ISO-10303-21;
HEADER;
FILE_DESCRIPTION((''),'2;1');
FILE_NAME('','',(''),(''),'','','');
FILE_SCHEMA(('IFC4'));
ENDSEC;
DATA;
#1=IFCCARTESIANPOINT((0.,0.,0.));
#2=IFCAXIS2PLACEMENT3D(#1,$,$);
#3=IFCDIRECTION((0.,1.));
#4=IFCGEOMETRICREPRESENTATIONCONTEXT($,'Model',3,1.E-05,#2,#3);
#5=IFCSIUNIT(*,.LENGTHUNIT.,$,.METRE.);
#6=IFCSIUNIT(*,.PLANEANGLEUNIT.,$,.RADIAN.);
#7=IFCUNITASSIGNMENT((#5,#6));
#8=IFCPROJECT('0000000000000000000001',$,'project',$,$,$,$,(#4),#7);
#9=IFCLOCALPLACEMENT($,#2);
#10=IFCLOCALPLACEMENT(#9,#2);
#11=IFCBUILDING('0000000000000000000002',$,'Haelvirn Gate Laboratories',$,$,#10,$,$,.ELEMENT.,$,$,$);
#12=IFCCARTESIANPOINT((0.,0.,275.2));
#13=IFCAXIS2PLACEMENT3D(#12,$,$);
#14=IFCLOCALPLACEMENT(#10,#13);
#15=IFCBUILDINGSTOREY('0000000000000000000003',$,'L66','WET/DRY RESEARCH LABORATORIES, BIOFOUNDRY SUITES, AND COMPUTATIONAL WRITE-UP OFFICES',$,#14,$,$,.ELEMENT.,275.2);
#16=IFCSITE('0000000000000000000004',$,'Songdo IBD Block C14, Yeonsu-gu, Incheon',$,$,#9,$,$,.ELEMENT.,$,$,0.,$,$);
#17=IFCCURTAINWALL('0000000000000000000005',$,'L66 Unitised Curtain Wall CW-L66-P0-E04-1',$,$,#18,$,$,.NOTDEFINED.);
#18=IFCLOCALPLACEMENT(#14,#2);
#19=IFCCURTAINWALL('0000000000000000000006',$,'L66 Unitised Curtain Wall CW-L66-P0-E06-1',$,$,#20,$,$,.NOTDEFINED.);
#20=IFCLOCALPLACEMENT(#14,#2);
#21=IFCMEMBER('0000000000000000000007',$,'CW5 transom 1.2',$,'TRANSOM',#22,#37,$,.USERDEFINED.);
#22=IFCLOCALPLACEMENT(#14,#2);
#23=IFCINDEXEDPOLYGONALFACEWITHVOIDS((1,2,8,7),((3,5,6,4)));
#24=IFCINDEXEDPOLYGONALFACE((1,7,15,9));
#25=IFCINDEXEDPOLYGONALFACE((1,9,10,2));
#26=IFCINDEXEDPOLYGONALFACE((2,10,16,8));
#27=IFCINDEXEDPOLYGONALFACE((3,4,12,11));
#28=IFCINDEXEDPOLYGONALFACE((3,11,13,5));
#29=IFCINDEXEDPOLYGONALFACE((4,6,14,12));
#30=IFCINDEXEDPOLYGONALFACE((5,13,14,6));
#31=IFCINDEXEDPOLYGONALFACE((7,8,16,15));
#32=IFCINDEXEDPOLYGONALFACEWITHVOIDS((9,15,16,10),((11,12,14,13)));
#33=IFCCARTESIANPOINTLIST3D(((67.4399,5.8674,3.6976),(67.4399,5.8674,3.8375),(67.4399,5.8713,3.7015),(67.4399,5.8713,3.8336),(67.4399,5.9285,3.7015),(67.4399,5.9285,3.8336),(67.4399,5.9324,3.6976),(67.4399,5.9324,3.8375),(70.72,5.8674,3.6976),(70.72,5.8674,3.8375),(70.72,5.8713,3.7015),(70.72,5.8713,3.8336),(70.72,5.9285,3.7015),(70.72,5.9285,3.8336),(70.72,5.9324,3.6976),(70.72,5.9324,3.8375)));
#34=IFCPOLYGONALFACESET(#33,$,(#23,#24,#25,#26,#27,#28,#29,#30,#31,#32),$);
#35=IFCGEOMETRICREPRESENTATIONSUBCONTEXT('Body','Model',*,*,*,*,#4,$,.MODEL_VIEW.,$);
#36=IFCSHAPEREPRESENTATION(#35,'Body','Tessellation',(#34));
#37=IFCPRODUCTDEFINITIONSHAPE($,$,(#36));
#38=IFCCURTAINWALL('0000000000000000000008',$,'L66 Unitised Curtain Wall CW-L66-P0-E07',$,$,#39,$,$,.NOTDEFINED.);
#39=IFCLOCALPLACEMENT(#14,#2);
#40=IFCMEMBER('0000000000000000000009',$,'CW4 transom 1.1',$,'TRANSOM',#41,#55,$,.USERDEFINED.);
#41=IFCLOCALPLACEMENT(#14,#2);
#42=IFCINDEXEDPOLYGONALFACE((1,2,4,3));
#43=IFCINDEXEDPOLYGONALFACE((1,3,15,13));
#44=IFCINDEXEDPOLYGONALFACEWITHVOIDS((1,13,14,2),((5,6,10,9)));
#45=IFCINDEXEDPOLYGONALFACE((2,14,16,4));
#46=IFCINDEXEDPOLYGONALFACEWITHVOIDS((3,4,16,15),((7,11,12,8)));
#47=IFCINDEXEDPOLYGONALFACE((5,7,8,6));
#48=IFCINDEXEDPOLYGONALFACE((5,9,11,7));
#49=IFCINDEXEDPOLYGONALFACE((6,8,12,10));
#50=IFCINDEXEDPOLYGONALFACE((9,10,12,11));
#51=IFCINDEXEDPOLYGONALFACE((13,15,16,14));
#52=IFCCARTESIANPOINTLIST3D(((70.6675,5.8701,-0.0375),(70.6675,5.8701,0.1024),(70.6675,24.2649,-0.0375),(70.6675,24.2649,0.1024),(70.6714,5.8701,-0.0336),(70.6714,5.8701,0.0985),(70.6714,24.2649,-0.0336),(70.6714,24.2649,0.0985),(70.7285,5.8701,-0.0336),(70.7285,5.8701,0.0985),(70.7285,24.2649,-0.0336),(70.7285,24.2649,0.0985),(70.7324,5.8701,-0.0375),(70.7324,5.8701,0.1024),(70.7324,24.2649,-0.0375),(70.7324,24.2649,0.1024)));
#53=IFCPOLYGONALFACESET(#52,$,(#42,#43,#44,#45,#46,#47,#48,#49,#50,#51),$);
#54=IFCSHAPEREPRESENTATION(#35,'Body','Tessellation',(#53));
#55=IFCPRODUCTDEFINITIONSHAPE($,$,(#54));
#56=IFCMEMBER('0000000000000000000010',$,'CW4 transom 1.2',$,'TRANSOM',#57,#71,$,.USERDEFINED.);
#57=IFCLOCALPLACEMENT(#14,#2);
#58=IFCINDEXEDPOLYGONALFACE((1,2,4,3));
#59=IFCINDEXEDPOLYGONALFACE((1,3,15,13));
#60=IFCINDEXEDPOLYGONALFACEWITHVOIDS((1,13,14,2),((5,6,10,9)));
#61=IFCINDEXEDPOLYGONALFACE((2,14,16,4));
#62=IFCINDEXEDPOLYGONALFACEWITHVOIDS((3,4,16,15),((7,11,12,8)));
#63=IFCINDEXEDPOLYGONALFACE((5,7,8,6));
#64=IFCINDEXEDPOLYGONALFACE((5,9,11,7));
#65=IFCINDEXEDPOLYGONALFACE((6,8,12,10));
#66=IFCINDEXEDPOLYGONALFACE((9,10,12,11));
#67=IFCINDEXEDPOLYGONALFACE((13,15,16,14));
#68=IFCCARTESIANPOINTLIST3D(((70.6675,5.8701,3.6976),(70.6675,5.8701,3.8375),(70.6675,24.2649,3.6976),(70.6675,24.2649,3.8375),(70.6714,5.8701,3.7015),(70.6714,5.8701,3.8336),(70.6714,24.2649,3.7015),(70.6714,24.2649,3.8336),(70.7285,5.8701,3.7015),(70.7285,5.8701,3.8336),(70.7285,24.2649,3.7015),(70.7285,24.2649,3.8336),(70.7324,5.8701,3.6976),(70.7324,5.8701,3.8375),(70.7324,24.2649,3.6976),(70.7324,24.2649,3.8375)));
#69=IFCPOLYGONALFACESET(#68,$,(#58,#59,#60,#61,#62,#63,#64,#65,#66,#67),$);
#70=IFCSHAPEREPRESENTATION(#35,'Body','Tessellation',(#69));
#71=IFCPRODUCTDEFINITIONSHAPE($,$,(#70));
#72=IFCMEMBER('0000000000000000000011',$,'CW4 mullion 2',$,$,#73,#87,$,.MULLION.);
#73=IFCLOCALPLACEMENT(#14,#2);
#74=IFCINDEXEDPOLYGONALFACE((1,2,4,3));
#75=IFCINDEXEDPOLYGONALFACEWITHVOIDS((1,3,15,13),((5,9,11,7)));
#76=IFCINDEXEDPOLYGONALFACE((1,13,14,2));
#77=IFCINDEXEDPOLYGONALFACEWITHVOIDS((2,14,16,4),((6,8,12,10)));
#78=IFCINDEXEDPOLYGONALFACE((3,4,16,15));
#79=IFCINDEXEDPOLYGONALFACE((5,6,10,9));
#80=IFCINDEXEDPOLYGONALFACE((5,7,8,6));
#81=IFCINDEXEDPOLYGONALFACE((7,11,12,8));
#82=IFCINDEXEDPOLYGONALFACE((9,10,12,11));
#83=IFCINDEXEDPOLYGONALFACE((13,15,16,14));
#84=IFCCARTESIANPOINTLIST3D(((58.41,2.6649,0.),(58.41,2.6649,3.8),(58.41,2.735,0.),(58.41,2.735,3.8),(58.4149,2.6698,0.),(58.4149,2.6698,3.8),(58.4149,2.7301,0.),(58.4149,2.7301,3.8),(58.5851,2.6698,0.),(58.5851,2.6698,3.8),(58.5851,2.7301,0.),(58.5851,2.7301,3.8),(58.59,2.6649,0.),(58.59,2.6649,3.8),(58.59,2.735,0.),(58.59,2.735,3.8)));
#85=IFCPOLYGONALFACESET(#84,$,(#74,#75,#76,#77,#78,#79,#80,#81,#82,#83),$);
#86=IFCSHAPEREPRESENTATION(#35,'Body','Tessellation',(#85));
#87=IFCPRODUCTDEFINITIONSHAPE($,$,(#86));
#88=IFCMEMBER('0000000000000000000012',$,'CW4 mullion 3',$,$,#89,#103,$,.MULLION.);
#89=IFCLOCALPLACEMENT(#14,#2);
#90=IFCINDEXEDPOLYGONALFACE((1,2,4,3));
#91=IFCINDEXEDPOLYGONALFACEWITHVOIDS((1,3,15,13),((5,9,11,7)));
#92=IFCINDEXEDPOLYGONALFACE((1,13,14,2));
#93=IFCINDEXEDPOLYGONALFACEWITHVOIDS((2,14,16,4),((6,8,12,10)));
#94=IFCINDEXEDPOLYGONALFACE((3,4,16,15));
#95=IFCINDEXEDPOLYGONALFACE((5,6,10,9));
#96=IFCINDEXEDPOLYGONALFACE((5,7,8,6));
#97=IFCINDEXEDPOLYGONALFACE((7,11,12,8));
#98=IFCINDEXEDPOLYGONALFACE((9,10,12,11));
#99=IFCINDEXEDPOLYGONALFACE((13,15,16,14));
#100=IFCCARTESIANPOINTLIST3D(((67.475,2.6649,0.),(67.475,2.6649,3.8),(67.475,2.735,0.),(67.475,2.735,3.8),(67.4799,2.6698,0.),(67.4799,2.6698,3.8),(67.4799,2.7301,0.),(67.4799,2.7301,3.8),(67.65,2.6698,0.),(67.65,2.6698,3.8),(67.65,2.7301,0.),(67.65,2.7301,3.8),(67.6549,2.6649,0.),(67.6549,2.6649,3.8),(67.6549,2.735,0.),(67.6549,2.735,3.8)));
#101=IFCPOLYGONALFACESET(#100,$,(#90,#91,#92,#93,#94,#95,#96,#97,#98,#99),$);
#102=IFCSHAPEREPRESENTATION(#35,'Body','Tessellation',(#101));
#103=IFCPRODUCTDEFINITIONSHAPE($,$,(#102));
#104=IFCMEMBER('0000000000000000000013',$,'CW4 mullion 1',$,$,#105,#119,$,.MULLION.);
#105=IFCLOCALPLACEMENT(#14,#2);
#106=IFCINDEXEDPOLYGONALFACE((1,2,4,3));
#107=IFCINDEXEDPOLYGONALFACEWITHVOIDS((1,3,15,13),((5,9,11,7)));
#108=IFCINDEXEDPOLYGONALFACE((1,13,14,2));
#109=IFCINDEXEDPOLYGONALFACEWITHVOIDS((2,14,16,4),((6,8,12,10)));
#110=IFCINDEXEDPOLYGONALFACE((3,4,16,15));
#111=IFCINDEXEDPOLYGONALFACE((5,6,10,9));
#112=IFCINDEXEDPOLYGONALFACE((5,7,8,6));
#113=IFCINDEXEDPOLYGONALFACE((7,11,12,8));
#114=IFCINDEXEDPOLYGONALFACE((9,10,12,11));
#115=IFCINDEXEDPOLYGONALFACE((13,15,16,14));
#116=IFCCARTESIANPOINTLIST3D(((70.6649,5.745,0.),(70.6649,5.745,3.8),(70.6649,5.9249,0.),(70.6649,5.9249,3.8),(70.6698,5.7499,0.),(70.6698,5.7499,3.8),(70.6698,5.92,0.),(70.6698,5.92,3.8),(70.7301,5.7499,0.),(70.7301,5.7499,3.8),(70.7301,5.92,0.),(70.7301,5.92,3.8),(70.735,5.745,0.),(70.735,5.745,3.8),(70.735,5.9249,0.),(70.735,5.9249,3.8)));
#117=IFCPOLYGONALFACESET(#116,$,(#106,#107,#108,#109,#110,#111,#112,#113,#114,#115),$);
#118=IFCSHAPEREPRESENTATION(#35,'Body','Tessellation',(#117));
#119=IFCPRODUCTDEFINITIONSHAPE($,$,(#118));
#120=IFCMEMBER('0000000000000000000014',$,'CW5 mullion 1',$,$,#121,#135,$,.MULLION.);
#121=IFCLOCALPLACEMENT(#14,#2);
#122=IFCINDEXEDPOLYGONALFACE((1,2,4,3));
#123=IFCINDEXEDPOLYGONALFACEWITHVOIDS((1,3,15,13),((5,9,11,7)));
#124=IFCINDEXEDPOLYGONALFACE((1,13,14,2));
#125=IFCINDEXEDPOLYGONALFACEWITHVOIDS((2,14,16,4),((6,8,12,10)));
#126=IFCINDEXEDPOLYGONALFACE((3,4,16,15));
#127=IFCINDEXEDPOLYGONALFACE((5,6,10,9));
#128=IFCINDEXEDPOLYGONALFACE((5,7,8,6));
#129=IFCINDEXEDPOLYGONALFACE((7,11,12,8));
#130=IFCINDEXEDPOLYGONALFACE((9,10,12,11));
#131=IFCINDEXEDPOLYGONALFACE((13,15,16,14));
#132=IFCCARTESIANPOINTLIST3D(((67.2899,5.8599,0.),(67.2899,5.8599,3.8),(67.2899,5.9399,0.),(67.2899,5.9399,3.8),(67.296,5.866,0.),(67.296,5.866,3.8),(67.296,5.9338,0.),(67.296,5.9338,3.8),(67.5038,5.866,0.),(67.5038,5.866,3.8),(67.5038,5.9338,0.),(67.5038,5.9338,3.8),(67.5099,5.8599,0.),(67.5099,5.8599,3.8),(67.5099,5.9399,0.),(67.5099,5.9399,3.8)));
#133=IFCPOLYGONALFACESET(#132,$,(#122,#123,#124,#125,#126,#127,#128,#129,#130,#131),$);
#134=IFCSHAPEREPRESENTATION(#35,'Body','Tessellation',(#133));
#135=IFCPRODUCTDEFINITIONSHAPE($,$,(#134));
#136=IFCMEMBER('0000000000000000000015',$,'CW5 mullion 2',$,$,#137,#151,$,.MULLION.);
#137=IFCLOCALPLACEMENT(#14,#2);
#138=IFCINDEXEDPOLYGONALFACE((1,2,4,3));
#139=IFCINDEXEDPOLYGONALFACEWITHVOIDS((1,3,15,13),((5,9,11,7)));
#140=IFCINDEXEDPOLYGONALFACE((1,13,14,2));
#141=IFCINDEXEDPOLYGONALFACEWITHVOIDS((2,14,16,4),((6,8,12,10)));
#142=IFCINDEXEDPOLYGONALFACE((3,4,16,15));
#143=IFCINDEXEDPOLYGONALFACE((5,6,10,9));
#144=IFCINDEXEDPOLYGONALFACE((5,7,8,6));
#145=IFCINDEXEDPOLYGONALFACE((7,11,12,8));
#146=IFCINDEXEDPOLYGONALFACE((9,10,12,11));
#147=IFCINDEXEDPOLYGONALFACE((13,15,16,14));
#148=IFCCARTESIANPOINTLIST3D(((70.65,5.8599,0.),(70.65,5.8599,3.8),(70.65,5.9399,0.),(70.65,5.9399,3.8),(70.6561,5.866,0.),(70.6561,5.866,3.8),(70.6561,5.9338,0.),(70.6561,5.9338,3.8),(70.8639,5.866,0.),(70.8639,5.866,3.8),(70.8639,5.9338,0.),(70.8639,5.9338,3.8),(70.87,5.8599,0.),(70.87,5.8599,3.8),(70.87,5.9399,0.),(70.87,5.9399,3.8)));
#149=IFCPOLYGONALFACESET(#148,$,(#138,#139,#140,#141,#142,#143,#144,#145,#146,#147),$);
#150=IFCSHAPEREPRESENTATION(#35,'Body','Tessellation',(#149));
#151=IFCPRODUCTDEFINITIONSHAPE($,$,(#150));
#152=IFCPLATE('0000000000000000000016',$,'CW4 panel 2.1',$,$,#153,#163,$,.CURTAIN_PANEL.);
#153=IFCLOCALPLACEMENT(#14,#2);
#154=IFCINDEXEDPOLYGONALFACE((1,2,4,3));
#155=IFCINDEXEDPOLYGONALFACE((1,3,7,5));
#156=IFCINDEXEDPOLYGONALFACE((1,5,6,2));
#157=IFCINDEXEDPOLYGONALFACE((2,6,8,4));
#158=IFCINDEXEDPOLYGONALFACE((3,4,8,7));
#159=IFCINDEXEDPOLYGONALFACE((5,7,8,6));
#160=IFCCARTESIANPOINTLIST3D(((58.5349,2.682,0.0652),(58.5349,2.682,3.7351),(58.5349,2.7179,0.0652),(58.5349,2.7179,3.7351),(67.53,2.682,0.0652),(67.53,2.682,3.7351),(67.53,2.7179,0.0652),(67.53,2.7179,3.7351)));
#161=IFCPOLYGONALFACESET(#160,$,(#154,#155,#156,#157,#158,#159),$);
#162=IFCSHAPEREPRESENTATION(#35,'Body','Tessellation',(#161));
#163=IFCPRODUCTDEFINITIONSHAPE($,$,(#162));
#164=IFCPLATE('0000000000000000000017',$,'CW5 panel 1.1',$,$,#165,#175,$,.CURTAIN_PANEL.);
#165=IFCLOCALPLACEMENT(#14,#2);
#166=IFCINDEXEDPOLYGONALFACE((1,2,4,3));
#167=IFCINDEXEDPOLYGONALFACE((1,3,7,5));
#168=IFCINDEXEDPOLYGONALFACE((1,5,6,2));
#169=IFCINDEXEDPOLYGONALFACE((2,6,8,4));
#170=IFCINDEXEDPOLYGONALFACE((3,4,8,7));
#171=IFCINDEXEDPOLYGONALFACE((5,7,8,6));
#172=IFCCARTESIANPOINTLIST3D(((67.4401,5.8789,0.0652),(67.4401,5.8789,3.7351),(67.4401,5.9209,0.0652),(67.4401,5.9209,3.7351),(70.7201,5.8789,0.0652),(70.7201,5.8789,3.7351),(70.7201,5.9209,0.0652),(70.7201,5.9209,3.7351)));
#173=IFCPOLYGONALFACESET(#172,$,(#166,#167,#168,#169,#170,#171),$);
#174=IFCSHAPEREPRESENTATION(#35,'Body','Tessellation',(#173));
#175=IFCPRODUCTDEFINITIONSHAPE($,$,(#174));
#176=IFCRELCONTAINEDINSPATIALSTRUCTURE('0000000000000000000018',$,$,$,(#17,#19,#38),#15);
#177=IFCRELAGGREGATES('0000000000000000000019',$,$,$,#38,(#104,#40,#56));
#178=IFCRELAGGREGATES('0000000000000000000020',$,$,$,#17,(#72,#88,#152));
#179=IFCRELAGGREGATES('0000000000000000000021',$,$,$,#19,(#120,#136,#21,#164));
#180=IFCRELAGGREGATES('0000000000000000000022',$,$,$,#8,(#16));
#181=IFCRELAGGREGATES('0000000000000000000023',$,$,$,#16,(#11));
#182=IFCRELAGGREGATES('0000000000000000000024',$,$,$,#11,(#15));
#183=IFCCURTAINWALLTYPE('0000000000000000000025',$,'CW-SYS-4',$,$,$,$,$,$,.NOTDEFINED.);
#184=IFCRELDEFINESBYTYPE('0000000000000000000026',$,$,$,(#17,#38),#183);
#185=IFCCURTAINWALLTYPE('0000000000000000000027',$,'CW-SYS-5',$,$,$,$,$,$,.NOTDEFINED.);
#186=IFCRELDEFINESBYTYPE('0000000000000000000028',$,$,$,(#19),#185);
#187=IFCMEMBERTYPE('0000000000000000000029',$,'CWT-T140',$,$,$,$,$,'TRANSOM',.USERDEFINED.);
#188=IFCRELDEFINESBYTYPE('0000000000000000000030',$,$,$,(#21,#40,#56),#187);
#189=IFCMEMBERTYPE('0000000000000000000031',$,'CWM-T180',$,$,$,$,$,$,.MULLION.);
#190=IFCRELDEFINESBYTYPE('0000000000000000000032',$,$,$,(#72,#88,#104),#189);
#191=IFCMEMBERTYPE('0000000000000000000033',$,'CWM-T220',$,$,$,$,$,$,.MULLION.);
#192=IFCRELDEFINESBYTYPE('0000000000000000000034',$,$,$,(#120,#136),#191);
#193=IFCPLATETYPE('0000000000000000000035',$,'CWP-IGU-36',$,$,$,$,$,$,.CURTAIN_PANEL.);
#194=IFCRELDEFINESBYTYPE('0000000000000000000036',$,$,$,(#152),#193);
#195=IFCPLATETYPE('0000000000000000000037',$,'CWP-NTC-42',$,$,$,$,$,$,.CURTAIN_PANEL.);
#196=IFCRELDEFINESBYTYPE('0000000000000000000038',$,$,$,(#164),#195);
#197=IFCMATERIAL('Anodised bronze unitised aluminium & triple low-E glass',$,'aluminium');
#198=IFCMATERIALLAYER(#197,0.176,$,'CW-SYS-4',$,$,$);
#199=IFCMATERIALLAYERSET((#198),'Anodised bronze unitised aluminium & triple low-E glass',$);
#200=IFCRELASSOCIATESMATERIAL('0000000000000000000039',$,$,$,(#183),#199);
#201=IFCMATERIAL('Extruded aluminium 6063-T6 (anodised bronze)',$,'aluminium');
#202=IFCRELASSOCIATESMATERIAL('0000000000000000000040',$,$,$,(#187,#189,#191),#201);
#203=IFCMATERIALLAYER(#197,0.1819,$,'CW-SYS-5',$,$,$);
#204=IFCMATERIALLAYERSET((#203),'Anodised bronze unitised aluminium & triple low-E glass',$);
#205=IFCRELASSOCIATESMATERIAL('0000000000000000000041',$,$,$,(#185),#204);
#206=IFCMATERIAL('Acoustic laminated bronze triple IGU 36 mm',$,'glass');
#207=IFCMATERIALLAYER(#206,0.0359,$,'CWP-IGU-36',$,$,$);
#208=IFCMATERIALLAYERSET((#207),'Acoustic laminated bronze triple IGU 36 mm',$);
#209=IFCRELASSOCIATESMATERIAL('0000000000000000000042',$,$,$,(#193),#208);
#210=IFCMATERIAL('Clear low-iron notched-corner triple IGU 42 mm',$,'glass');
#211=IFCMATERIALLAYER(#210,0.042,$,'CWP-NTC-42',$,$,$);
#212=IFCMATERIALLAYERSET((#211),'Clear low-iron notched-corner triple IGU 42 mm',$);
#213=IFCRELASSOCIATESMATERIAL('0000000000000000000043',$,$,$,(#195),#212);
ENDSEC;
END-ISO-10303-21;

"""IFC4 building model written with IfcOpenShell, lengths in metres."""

from ifc_helpers import new_model, si_unit, direction, frame, origin, origin_2d, place, context, subcontext, project, spatial, rectangle, hollow_rectangle, extrude, source, transform, mapped, material, layer, layer_set, material_profile, profile_set, type_object, type_shapes, element, aggregate, save


model = new_model("IFC4")

# Units and contexts
model_context = context("Model", 3, precision=1e-05, world=origin(), true_north=direction((0.0, 1.0)))
body_context = subcontext(model_context, "Body", "Model", "MODEL_VIEW")
ifc_project = project(units=[si_unit("LENGTHUNIT", "METRE"), si_unit("PLANEANGLEUNIT", "RADIAN")], contexts=[model_context])

# Site, building, storey
site_placement = place(None, origin())
site = spatial("IfcSite", under=ifc_project, at=site_placement, Name="Songdo IBD Block C14, Yeonsu-gu, Incheon", CompositionType="ELEMENT", RefElevation=0.0)
building_placement = place(site_placement, origin())
building = spatial("IfcBuilding", under=site, at=building_placement, Name="Haelvirn Gate Laboratories", CompositionType="ELEMENT")
storey_placement = place(building_placement, frame((0.0, 0.0, 275.2)))
storey = spatial("IfcBuildingStorey", under=building, at=storey_placement, Name="L66", Description="WET/DRY RESEARCH LABORATORIES, BIOFOUNDRY SUITES, AND COMPUTATIONAL WRITE-UP OFFICES", CompositionType="ELEMENT", Elevation=275.2)

# Curtain walls, members
ifc_material_1 = material(Name="Anodised bronze unitised aluminium & triple low-E glass", Category="aluminium")
ifc_layer_1 = layer(ifc_material_1, 0.176, Name="CW-SYS-4")
ifc_layer_set_1 = layer_set([ifc_layer_1], Name="Anodised bronze unitised aluminium & triple low-E glass")
curtain_wall_type_1 = type_object("IfcCurtainWallType", Name="CW-SYS-4", PredefinedType="NOTDEFINED", material=ifc_layer_set_1)
curtain_wall_1_placement = place(storey_placement, origin())
curtain_wall_1 = element("IfcCurtainWall", 1, at=curtain_wall_1_placement, inside=storey, type_object=curtain_wall_type_1, Name="L66 Unitised Curtain Wall CW-L66-P0-E04-1", PredefinedType="NOTDEFINED")
ifc_material_2 = material(Name="Extruded aluminium 6063-T6 (anodised bronze)", Category="aluminium")
ifc_material_profile_1 = material_profile(ifc_material_2, hollow_rectangle(XDim=0.0649, YDim=0.1399, WallThickness=0.0039, at=origin_2d()), Name="CWT-140x65x4")
ifc_profile_set_1 = profile_set([ifc_material_profile_1], Name="Extruded aluminium 6063-T6 (anodised bronze)")
member_type_1 = type_object("IfcMemberType", Name="CWT-T140", ElementType="TRANSOM", PredefinedType="USERDEFINED", material=ifc_profile_set_1)
ifc_layer_2 = layer(ifc_material_1, 0.1819, Name="CW-SYS-5")
ifc_layer_set_2 = layer_set([ifc_layer_2], Name="Anodised bronze unitised aluminium & triple low-E glass")
curtain_wall_type_2 = type_object("IfcCurtainWallType", Name="CW-SYS-5", PredefinedType="NOTDEFINED", material=ifc_layer_set_2)
curtain_wall_2_placement = place(storey_placement, origin())
curtain_wall_2 = element("IfcCurtainWall", 2, at=curtain_wall_2_placement, inside=storey, type_object=curtain_wall_type_2, Name="L66 Unitised Curtain Wall CW-L66-P0-E06-1", PredefinedType="NOTDEFINED")
shared_shape_1 = source(origin(), body_context, "Body", "SweptSolid", [
    extrude(hollow_rectangle(XDim=0.0649, YDim=0.1399, WallThickness=0.0039, at=origin_2d()), origin(), (0.0, 0.0, 1.0), 3.28),
])
member_1_placement = place(storey_placement, frame((67.4399, 5.8999, 3.7676), z_axis=(1.0, 0.0, 0.0), x_axis=(0.0, 1.0, 0.0)))
member_1 = element("IfcMember", 3, at=member_1_placement, type_object=member_type_1, Name="CW5 transom 1.2", ObjectType="TRANSOM", PredefinedType="USERDEFINED", context=body_context, shape_type="MappedRepresentation", body=[
    mapped(shared_shape_1, transform((0.0, 0.0, 0.0), scale=1.0)),
])
curtain_wall_3_placement = place(storey_placement, origin())
curtain_wall_3 = element("IfcCurtainWall", 4, at=curtain_wall_3_placement, inside=storey, type_object=curtain_wall_type_1, Name="L66 Unitised Curtain Wall CW-L66-P0-E07", PredefinedType="NOTDEFINED")
shared_shape_2 = source(origin(), body_context, "Body", "SweptSolid", [
    extrude(hollow_rectangle(XDim=0.0649, YDim=0.1399, WallThickness=0.0039, at=origin_2d()), origin(), (0.0, 0.0, 1.0), 18.3948),
])
member_2_placement = place(storey_placement, frame((70.7, 5.8701, 0.0325), z_axis=(0.0, 1.0, 0.0), x_axis=(-1.0, 0.0, 0.0)))
member_2 = element("IfcMember", 5, at=member_2_placement, type_object=member_type_1, Name="CW4 transom 1.1", ObjectType="TRANSOM", PredefinedType="USERDEFINED", context=body_context, shape_type="MappedRepresentation", body=[
    mapped(shared_shape_2, transform((0.0, 0.0, 0.0), scale=1.0)),
])
member_3_placement = place(storey_placement, frame((70.7, 5.8701, 3.7676), z_axis=(0.0, 1.0, 0.0), x_axis=(-1.0, 0.0, 0.0)))
member_3 = element("IfcMember", 6, at=member_3_placement, type_object=member_type_1, Name="CW4 transom 1.2", ObjectType="TRANSOM", PredefinedType="USERDEFINED", context=body_context, shape_type="MappedRepresentation", body=[
    mapped(shared_shape_2, transform((0.0, 0.0, 0.0), scale=1.0)),
])

# Members
ifc_material_profile_2 = material_profile(ifc_material_2, hollow_rectangle(XDim=0.0701, YDim=0.1799, WallThickness=0.0049, at=origin_2d()), Name="CWM-180x70x5")
ifc_profile_set_2 = profile_set([ifc_material_profile_2], Name="Extruded aluminium 6063-T6 (anodised bronze)")
member_type_2 = type_object("IfcMemberType", Name="CWM-T180", PredefinedType="MULLION", material=ifc_profile_set_2)
shared_shape_3 = source(origin(), body_context, "Body", "SweptSolid", [
    extrude(hollow_rectangle(XDim=0.0701, YDim=0.1799, WallThickness=0.0049, at=origin_2d()), origin(), (0.0, 0.0, 1.0), 3.8),
])
type_shapes(member_type_2, [shared_shape_3])
member_4_placement = place(storey_placement, frame((58.5, 2.7, 0.0), z_axis=(0.0, 0.0, 1.0), x_axis=(0.0, 1.0, 0.0)))
member_4 = element("IfcMember", 7, at=member_4_placement, type_object=member_type_2, Name="CW4 mullion 2", PredefinedType="MULLION", context=body_context, shape_type="MappedRepresentation", body=[
    mapped(shared_shape_3, transform((0.0, 0.0, 0.0), scale=1.0)),
])
member_5_placement = place(storey_placement, frame((67.5649, 2.7, 0.0), z_axis=(0.0, 0.0, 1.0), x_axis=(0.0, 1.0, 0.0)))
member_5 = element("IfcMember", 8, at=member_5_placement, type_object=member_type_2, Name="CW4 mullion 3", PredefinedType="MULLION", context=body_context, shape_type="MappedRepresentation", body=[
    mapped(shared_shape_3, transform((0.0, 0.0, 0.0), scale=1.0)),
])
member_6_placement = place(storey_placement, frame((70.7, 5.835, 0.0), z_axis=(0.0, 0.0, 1.0), x_axis=(-1.0, 0.0, 0.0)))
member_6 = element("IfcMember", 9, at=member_6_placement, type_object=member_type_2, Name="CW4 mullion 1", PredefinedType="MULLION", context=body_context, shape_type="MappedRepresentation", body=[
    mapped(shared_shape_3, transform((0.0, 0.0, 0.0), scale=1.0)),
])
aggregate(curtain_wall_3, [member_6, member_2, member_3])
ifc_material_profile_3 = material_profile(ifc_material_2, hollow_rectangle(XDim=0.0801, YDim=0.22, WallThickness=0.0061, at=origin_2d()), Name="CWM-220x80x6")
ifc_profile_set_3 = profile_set([ifc_material_profile_3], Name="Extruded aluminium 6063-T6 (anodised bronze)")
member_type_3 = type_object("IfcMemberType", Name="CWM-T220", PredefinedType="MULLION", material=ifc_profile_set_3)
shared_shape_4 = source(origin(), body_context, "Body", "SweptSolid", [
    extrude(hollow_rectangle(XDim=0.0801, YDim=0.22, WallThickness=0.0061, at=origin_2d()), origin(), (0.0, 0.0, 1.0), 3.8),
])
type_shapes(member_type_3, [shared_shape_4])
member_7_placement = place(storey_placement, frame((67.3999, 5.8999, 0.0), z_axis=(0.0, 0.0, 1.0), x_axis=(0.0, 1.0, 0.0)))
member_7 = element("IfcMember", 10, at=member_7_placement, type_object=member_type_3, Name="CW5 mullion 1", PredefinedType="MULLION", context=body_context, shape_type="MappedRepresentation", body=[
    mapped(shared_shape_4, transform((0.0, 0.0, 0.0), scale=1.0)),
])
member_8_placement = place(storey_placement, frame((70.76, 5.8999, 0.0), z_axis=(0.0, 0.0, 1.0), x_axis=(0.0, 1.0, 0.0)))
member_8 = element("IfcMember", 11, at=member_8_placement, type_object=member_type_3, Name="CW5 mullion 2", PredefinedType="MULLION", context=body_context, shape_type="MappedRepresentation", body=[
    mapped(shared_shape_4, transform((0.0, 0.0, 0.0), scale=1.0)),
])

# Plates
ifc_material_3 = material(Name="Acoustic laminated bronze triple IGU 36 mm", Category="glass")
ifc_layer_3 = layer(ifc_material_3, 0.0359, Name="CWP-IGU-36")
ifc_layer_set_3 = layer_set([ifc_layer_3], Name="Acoustic laminated bronze triple IGU 36 mm")
plate_type_1 = type_object("IfcPlateType", Name="CWP-IGU-36", PredefinedType="CURTAIN_PANEL", material=ifc_layer_set_3)
shared_shape_5 = source(origin(), body_context, "Body", "SweptSolid", [
    extrude(rectangle(XDim=8.9951, YDim=0.0359, at=origin_2d()), origin(), (0.0, 0.0, 1.0), 3.6699),
])
type_shapes(plate_type_1, [shared_shape_5])
plate_1_placement = place(storey_placement, frame((63.0325, 2.7, 0.0652), z_axis=(0.0, 0.0, 1.0), x_axis=(1.0, 0.0, 0.0)))
plate_1 = element("IfcPlate", 12, at=plate_1_placement, type_object=plate_type_1, Name="CW4 panel 2.1", PredefinedType="CURTAIN_PANEL", context=body_context, shape_type="MappedRepresentation", body=[
    mapped(shared_shape_5, transform((0.0, 0.0, 0.0), scale=1.0)),
])
aggregate(curtain_wall_1, [member_4, member_5, plate_1])
ifc_material_4 = material(Name="Clear low-iron notched-corner triple IGU 42 mm", Category="glass")
ifc_layer_4 = layer(ifc_material_4, 0.042, Name="CWP-NTC-42")
ifc_layer_set_4 = layer_set([ifc_layer_4], Name="Clear low-iron notched-corner triple IGU 42 mm")
plate_type_2 = type_object("IfcPlateType", Name="CWP-NTC-42", PredefinedType="CURTAIN_PANEL", material=ifc_layer_set_4)
shared_shape_6 = source(origin(), body_context, "Body", "SweptSolid", [
    extrude(rectangle(XDim=3.28, YDim=0.042, at=origin_2d()), origin(), (0.0, 0.0, 1.0), 3.6699),
])
type_shapes(plate_type_2, [shared_shape_6])
plate_2_placement = place(storey_placement, frame((69.0801, 5.8999, 0.0652), z_axis=(0.0, 0.0, 1.0), x_axis=(1.0, 0.0, 0.0)))
plate_2 = element("IfcPlate", 13, at=plate_2_placement, type_object=plate_type_2, Name="CW5 panel 1.1", PredefinedType="CURTAIN_PANEL", context=body_context, shape_type="MappedRepresentation", body=[
    mapped(shared_shape_6, transform((0.0, 0.0, 0.0), scale=1.0)),
])
aggregate(curtain_wall_2, [member_7, member_8, member_1, plate_2])

save(model, "model.ifc")
